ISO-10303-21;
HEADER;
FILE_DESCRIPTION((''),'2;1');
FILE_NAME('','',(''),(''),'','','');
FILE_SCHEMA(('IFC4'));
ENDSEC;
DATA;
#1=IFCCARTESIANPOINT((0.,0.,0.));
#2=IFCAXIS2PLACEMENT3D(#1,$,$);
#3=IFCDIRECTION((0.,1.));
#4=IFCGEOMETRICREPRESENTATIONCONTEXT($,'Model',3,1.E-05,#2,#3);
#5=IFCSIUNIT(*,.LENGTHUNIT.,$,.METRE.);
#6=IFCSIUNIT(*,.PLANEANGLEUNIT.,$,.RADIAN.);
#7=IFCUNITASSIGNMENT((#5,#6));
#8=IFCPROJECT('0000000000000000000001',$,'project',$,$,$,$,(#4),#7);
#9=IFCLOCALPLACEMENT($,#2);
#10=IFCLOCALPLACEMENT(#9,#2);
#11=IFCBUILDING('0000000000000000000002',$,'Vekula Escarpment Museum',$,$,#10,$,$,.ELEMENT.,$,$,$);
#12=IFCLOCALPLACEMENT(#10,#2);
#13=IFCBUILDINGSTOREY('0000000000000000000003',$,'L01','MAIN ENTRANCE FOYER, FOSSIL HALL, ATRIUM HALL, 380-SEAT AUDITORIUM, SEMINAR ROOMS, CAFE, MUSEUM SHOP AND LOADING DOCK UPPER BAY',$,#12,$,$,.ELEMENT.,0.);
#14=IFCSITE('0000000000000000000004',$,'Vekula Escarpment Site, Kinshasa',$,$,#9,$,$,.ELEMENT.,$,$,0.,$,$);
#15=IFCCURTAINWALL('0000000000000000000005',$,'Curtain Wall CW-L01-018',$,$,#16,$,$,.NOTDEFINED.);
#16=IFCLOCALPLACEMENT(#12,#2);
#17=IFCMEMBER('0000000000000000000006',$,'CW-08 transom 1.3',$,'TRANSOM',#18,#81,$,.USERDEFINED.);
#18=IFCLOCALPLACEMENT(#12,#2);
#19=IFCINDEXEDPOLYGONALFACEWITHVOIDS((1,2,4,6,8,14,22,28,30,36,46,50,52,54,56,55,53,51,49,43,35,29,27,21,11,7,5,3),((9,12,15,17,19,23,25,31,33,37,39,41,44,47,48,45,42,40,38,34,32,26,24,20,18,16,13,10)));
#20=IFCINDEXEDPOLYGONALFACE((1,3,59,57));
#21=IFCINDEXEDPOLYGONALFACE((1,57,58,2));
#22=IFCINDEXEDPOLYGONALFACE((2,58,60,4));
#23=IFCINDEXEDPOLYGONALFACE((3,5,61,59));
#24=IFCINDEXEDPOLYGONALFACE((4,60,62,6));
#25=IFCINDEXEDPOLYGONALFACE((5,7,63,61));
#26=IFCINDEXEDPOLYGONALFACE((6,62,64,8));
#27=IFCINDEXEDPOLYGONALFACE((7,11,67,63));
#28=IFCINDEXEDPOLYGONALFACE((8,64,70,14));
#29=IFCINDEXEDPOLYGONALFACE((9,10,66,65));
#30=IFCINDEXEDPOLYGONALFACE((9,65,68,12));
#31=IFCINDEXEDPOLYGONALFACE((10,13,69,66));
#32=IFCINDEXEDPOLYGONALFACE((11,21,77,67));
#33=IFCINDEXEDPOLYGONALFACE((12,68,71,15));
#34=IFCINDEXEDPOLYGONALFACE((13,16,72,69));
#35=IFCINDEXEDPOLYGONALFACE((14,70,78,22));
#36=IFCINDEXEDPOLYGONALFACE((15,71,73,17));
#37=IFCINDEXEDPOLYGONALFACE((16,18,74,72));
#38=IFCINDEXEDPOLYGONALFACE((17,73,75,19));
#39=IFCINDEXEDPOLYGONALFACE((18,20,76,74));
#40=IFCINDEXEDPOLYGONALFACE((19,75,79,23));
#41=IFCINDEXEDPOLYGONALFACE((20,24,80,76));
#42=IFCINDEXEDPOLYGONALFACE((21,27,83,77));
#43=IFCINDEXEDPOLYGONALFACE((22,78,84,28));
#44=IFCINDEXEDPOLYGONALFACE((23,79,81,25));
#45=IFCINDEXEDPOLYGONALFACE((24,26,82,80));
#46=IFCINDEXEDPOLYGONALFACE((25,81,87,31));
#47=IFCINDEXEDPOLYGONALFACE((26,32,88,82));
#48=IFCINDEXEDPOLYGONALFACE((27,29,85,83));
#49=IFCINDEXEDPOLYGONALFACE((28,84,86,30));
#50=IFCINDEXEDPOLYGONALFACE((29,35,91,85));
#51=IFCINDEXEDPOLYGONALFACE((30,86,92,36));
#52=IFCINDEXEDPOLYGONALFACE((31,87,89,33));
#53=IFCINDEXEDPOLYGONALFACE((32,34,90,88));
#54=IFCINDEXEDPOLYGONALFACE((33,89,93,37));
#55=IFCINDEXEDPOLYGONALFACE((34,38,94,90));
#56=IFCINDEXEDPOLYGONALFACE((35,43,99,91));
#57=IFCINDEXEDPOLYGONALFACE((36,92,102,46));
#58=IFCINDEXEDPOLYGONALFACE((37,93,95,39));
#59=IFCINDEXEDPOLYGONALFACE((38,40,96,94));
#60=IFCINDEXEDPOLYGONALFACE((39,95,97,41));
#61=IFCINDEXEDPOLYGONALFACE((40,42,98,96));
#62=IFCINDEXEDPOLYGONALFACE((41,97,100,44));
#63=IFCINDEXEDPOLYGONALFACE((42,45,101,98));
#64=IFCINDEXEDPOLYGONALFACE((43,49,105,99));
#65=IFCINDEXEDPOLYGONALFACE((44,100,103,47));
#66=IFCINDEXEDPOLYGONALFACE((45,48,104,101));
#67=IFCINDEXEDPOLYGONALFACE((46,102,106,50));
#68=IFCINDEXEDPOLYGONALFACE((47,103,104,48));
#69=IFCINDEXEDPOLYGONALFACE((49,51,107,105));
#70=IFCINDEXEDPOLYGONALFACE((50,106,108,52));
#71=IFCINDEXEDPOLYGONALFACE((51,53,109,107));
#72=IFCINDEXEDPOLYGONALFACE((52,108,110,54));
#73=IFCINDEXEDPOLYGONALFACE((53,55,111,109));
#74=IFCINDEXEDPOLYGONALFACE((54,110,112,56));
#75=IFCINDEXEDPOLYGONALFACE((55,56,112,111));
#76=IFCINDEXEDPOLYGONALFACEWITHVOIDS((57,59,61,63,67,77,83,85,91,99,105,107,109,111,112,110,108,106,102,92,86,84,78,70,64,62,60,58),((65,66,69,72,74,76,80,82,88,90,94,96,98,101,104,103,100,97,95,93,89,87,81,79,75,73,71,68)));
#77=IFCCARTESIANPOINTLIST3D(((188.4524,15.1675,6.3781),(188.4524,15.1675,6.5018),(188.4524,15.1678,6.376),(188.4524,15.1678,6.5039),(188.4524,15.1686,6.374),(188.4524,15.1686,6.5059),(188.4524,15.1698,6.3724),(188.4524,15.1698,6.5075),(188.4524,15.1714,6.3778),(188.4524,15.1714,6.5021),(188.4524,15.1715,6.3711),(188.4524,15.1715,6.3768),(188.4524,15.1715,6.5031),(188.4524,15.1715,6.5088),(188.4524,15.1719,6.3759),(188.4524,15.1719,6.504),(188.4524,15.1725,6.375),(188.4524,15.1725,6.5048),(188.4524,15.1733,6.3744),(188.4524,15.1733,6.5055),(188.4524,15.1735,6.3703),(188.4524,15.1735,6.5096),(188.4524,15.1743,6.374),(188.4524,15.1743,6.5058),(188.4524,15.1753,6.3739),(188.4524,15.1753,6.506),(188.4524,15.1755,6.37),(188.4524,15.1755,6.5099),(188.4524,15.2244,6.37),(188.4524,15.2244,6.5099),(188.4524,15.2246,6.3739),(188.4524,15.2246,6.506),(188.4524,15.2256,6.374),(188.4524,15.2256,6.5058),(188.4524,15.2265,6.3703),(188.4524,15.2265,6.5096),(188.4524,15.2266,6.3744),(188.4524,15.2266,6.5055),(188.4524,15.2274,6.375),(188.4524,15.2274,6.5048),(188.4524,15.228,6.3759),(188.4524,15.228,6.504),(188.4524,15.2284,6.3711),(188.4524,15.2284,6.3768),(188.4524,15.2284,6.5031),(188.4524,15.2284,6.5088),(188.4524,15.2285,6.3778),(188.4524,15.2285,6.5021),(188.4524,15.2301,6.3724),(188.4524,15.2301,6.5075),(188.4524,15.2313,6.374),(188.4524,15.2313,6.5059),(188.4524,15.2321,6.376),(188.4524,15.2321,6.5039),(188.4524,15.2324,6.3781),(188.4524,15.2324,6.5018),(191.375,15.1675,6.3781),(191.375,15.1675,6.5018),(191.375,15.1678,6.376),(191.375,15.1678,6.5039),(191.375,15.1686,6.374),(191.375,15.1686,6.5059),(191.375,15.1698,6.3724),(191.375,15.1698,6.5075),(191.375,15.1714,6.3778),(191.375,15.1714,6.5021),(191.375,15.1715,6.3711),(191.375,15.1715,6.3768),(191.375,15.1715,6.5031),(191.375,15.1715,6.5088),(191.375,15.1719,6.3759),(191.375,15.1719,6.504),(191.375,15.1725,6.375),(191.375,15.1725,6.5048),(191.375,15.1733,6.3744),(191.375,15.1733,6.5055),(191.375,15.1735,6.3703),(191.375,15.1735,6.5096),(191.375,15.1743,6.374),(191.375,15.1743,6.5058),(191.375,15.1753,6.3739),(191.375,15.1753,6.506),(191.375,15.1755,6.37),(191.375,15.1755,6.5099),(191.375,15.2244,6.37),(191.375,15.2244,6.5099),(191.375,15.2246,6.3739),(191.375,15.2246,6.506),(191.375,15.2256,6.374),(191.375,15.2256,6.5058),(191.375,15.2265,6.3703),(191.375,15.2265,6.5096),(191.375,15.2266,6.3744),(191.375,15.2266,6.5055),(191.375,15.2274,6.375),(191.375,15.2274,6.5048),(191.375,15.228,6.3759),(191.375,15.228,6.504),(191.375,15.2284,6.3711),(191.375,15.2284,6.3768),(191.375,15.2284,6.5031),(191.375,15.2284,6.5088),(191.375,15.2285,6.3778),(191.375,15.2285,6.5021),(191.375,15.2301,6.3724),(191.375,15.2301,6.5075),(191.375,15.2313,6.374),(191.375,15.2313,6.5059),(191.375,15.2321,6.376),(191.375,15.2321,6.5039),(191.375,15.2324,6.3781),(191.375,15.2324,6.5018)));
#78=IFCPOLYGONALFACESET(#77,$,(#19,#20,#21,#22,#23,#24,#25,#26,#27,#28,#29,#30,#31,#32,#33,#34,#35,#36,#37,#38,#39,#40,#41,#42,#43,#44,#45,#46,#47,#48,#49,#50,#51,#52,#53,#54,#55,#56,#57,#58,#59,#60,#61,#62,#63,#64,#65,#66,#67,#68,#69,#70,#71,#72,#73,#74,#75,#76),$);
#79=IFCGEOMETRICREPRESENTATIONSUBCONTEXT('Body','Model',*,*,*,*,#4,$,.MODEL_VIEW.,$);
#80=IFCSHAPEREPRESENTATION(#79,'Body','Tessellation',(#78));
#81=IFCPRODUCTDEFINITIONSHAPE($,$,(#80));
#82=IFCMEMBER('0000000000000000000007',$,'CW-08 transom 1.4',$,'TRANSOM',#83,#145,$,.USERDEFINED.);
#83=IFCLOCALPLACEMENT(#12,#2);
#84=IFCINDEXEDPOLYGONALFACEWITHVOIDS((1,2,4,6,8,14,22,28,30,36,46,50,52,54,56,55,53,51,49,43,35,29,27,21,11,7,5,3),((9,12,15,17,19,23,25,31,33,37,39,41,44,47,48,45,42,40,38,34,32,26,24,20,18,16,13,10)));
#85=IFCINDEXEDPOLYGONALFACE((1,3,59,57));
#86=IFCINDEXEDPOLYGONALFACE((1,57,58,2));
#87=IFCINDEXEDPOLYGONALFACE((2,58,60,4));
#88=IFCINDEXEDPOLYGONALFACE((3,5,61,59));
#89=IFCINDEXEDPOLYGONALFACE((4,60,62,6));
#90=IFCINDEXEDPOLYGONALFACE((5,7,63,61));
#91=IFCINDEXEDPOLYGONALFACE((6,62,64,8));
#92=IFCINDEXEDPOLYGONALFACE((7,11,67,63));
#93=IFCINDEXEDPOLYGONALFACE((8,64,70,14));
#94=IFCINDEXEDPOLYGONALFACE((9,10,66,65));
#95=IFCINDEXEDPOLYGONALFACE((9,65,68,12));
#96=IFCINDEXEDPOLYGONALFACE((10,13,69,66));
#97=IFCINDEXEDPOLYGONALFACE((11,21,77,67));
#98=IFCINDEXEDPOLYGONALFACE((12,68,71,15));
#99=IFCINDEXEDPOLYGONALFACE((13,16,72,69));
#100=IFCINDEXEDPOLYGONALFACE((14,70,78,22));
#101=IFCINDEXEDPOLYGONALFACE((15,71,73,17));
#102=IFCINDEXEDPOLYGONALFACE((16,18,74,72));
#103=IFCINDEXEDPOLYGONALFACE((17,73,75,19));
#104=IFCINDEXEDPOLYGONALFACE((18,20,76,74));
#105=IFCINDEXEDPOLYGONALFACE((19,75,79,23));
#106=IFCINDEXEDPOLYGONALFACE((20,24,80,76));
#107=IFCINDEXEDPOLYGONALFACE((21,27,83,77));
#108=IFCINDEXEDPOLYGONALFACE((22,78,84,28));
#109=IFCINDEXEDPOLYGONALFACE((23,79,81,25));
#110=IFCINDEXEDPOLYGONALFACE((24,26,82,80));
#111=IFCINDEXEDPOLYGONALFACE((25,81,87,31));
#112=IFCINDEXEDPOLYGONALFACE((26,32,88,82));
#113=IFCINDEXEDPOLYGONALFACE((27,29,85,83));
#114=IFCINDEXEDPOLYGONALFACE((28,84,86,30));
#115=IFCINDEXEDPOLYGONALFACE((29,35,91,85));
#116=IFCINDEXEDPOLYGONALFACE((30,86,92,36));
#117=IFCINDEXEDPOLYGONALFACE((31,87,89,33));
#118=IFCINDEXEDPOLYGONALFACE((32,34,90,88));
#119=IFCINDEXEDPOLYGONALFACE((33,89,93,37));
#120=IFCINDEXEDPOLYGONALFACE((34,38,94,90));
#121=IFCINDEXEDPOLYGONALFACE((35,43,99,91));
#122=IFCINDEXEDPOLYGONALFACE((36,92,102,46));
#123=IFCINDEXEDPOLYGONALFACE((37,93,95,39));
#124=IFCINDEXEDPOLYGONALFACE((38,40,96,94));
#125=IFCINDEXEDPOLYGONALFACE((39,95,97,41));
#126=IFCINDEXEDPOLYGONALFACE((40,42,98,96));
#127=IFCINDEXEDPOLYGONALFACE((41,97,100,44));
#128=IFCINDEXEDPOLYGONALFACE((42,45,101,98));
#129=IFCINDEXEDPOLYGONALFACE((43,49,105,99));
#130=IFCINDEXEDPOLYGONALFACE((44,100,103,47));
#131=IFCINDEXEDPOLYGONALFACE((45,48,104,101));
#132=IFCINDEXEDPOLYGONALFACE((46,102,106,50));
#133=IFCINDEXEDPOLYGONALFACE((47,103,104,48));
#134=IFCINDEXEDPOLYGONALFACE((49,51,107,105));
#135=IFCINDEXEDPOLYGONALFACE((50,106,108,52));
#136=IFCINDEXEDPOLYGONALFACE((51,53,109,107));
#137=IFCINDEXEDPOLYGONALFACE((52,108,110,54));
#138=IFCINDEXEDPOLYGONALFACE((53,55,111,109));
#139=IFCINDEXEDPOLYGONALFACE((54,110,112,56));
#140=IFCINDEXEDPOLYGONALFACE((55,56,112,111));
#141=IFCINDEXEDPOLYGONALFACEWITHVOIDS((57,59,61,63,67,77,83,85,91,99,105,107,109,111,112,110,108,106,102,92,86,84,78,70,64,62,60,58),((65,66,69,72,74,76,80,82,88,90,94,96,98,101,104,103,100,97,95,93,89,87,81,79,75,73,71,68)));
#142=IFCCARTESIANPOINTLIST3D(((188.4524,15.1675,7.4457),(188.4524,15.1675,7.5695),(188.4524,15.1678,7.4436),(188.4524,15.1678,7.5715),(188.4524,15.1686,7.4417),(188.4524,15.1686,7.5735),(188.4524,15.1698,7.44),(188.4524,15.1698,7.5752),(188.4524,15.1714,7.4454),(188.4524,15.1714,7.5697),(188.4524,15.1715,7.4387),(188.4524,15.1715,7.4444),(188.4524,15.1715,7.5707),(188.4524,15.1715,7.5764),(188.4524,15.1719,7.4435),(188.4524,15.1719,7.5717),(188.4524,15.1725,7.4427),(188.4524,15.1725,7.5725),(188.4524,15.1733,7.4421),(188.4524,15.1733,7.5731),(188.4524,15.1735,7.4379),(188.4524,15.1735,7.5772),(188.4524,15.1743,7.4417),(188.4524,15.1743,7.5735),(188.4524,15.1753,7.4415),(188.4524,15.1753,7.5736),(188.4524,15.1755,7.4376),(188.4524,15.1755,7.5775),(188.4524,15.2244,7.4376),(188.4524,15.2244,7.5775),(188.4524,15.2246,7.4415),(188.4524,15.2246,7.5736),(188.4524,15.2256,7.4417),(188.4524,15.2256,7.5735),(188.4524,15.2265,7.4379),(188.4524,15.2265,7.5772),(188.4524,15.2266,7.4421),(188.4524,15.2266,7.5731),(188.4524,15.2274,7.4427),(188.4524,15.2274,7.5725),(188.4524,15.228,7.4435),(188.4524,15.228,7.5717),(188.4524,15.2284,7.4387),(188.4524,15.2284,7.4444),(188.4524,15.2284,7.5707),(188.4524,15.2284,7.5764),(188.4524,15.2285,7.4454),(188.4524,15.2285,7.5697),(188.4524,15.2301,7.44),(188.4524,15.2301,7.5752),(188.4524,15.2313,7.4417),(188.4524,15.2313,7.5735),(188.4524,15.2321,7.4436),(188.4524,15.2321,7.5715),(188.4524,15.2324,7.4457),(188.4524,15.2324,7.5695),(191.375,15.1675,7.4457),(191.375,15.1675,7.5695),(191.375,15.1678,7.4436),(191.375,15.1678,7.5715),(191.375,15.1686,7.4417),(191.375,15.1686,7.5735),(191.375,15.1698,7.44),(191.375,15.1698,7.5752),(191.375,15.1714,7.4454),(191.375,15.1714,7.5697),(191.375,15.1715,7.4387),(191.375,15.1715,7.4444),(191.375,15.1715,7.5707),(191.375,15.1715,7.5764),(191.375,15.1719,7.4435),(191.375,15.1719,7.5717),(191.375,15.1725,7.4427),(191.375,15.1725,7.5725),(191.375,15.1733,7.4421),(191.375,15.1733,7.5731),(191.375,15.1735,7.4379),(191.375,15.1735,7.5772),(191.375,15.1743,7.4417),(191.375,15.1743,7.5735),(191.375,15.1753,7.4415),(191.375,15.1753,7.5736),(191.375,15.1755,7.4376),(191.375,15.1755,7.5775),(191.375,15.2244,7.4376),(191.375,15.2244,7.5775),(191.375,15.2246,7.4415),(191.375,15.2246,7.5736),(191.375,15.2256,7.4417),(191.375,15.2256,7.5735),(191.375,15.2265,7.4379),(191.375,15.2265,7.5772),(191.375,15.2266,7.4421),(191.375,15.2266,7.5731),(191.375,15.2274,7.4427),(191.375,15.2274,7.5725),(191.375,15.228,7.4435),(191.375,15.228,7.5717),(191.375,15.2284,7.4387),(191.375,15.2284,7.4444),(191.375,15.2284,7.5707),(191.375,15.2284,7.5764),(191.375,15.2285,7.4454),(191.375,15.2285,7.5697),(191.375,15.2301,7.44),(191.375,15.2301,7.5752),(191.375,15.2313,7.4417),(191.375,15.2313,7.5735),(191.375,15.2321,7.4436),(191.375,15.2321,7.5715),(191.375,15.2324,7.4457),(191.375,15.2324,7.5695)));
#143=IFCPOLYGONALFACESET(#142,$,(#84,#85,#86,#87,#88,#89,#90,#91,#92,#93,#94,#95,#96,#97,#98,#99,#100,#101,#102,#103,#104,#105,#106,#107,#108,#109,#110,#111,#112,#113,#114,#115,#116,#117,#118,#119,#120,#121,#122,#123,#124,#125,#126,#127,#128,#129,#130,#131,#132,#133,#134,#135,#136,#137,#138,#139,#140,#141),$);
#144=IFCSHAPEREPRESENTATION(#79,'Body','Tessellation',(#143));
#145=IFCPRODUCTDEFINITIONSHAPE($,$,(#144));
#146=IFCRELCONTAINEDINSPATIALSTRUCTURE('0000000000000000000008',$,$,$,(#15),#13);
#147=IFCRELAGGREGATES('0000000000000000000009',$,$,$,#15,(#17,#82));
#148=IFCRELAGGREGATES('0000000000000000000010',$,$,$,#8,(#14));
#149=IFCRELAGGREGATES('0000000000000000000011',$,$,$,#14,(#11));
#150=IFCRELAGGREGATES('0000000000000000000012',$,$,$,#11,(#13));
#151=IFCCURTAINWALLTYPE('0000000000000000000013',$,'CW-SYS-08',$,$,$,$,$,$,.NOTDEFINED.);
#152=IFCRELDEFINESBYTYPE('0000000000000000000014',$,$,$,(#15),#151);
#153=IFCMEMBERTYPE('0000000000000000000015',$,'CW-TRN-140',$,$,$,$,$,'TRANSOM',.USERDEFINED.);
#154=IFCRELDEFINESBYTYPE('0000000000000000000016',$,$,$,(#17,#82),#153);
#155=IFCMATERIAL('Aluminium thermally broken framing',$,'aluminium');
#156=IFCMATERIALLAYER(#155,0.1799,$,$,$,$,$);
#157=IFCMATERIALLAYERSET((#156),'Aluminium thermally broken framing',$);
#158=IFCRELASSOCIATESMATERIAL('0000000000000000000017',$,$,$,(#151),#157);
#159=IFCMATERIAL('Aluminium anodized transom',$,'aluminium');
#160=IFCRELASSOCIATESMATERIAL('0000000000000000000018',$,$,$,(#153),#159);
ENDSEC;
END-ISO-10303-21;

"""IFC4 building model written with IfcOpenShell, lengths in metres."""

from ifc_helpers import new_model, si_unit, direction, frame, origin, origin_2d, place, context, subcontext, project, spatial, hollow_rectangle, extrude, material, layer, layer_set, material_profile, profile_set, type_object, element, aggregate, save


model = new_model("IFC4")

# Units and contexts
model_context = context("Model", 3, precision=1e-05, world=origin(), true_north=direction((0.0, 1.0)))
body_context = subcontext(model_context, "Body", "Model", "MODEL_VIEW")
ifc_project = project(units=[si_unit("LENGTHUNIT", "METRE"), si_unit("PLANEANGLEUNIT", "RADIAN")], contexts=[model_context])

# Site, building, storey
site_placement = place(None, origin())
site = spatial("IfcSite", under=ifc_project, at=site_placement, Name="Vekula Escarpment Site, Kinshasa", CompositionType="ELEMENT", RefElevation=0.0)
building_placement = place(site_placement, origin())
building = spatial("IfcBuilding", under=site, at=building_placement, Name="Vekula Escarpment Museum", CompositionType="ELEMENT")
storey_placement = place(building_placement, origin())
storey = spatial("IfcBuildingStorey", under=building, at=storey_placement, Name="L01", Description="MAIN ENTRANCE FOYER, FOSSIL HALL, ATRIUM HALL, 380-SEAT AUDITORIUM, SEMINAR ROOMS, CAFE, MUSEUM SHOP AND LOADING DOCK UPPER BAY", CompositionType="ELEMENT", Elevation=0.0)

# Curtain wall, members
ifc_material_1 = material(Name="Aluminium thermally broken framing", Category="aluminium")
ifc_layer_1 = layer(ifc_material_1, 0.1799)
ifc_layer_set_1 = layer_set([ifc_layer_1], Name="Aluminium thermally broken framing")
curtain_wall_type = type_object("IfcCurtainWallType", Name="CW-SYS-08", PredefinedType="NOTDEFINED", material=ifc_layer_set_1)
curtain_wall_placement = place(storey_placement, origin())
curtain_wall = element("IfcCurtainWall", 1, at=curtain_wall_placement, inside=storey, type_object=curtain_wall_type, Name="Curtain Wall CW-L01-018", PredefinedType="NOTDEFINED")
ifc_material_2 = material(Name="Aluminium anodized transom", Category="aluminium")
ifc_material_profile_1 = material_profile(ifc_material_2, hollow_rectangle(XDim=0.0649, YDim=0.1399, WallThickness=0.0039, InnerFilletRadius=0.0039, OuterFilletRadius=0.0081, at=origin_2d()), Name="ALU 140x65x4")
ifc_profile_set_1 = profile_set([ifc_material_profile_1], Name="Aluminium anodized transom")
member_type_1 = type_object("IfcMemberType", Name="CW-TRN-140", ElementType="TRANSOM", PredefinedType="USERDEFINED", material=ifc_profile_set_1)
member_1_placement = place(storey_placement, frame((191.375, 15.2, 6.4399), z_axis=(-1.0, 0.0, 0.0), x_axis=(0.0, -1.0, 0.0)))
member_1 = element("IfcMember", 2, at=member_1_placement, type_object=member_type_1, Name="CW-08 transom 1.3", ObjectType="TRANSOM", PredefinedType="USERDEFINED", context=body_context, shape_type="SweptSolid", body=[
    extrude(hollow_rectangle(XDim=0.0649, YDim=0.1399, WallThickness=0.0039, InnerFilletRadius=0.0039, OuterFilletRadius=0.0081, at=origin_2d()), origin(), (0.0, 0.0, 1.0), 2.9226),
])
member_2_placement = place(storey_placement, frame((191.375, 15.2, 7.5076), z_axis=(-1.0, 0.0, 0.0), x_axis=(0.0, -1.0, 0.0)))
member_2 = element("IfcMember", 3, at=member_2_placement, type_object=member_type_1, Name="CW-08 transom 1.4", ObjectType="TRANSOM", PredefinedType="USERDEFINED", context=body_context, shape_type="SweptSolid", body=[
    extrude(hollow_rectangle(XDim=0.0649, YDim=0.1399, WallThickness=0.0039, InnerFilletRadius=0.0039, OuterFilletRadius=0.0081, at=origin_2d()), origin(), (0.0, 0.0, 1.0), 2.9226),
])
aggregate(curtain_wall, [member_1, member_2])

save(model, "model.ifc")
